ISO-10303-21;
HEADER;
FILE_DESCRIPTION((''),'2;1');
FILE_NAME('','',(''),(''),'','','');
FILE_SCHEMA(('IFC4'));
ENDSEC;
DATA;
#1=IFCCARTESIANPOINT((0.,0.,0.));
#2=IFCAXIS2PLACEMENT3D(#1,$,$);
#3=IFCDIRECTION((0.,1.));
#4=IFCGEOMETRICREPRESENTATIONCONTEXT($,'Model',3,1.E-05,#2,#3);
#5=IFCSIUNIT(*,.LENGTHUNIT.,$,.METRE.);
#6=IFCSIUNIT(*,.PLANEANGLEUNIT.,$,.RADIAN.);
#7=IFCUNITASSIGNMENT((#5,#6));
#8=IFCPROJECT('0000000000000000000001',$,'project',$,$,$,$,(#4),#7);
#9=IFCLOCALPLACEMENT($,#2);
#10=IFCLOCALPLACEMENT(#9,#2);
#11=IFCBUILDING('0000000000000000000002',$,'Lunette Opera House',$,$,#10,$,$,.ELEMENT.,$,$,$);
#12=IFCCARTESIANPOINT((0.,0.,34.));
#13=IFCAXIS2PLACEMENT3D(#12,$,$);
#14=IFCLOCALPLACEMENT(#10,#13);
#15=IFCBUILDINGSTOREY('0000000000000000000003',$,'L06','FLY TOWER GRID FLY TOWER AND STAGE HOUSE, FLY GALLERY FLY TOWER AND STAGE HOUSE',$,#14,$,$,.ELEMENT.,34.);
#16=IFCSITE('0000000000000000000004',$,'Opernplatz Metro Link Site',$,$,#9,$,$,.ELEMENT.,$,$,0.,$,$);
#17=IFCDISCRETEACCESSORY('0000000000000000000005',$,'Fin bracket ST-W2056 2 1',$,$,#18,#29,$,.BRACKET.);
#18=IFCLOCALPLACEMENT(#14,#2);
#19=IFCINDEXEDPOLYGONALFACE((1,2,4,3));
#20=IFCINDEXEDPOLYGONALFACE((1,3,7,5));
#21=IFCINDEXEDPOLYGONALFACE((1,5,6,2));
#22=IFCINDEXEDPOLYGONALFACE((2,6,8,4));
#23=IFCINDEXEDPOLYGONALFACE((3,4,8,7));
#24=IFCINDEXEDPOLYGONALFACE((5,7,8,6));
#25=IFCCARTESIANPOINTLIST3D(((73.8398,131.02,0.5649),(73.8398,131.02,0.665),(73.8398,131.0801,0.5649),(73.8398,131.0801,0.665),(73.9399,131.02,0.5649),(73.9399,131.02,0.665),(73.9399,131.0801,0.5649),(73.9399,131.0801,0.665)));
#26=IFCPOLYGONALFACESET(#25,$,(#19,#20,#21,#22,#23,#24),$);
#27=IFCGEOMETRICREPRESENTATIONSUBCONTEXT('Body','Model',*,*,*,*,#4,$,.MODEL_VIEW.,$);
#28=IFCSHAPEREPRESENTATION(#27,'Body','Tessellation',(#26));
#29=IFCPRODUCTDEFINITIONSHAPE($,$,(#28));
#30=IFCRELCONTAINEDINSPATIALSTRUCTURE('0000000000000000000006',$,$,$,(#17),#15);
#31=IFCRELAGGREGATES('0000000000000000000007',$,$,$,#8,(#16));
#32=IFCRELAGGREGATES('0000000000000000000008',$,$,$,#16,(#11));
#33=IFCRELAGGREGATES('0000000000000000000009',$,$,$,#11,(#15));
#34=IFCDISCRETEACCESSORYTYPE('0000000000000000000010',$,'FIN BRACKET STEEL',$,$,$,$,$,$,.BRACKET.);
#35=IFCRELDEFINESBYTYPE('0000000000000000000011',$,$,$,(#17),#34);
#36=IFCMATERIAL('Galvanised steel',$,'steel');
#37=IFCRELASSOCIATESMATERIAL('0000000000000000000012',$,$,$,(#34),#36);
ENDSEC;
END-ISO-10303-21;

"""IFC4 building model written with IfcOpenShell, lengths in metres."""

from ifc_helpers import new_model, si_unit, direction, frame, origin, origin_2d, place, context, subcontext, project, spatial, rectangle, extrude, material, type_object, element, save


model = new_model("IFC4")

# Units and contexts
model_context = context("Model", 3, precision=1e-05, world=origin(), true_north=direction((0.0, 1.0)))
body_context = subcontext(model_context, "Body", "Model", "MODEL_VIEW")
ifc_project = project(units=[si_unit("LENGTHUNIT", "METRE"), si_unit("PLANEANGLEUNIT", "RADIAN")], contexts=[model_context])

# Site, building, storey
site_placement = place(None, origin())
site = spatial("IfcSite", under=ifc_project, at=site_placement, Name="Opernplatz Metro Link Site", CompositionType="ELEMENT", RefElevation=0.0)
building_placement = place(site_placement, origin())
building = spatial("IfcBuilding", under=site, at=building_placement, Name="Lunette Opera House", CompositionType="ELEMENT")
storey_placement = place(building_placement, frame((0.0, 0.0, 34.0)))
storey = spatial("IfcBuildingStorey", under=building, at=storey_placement, Name="L06", Description="FLY TOWER GRID FLY TOWER AND STAGE HOUSE, FLY GALLERY FLY TOWER AND STAGE HOUSE", CompositionType="ELEMENT", Elevation=34.0)

# Discrete accessory
ifc_material_1 = material(Name="Galvanised steel", Category="steel")
discrete_accessory_type = type_object("IfcDiscreteAccessoryType", Name="FIN BRACKET STEEL", PredefinedType="BRACKET", material=ifc_material_1)
for number, where, z_axis, x_axis, name in (
    (1, (73.8899, 131.05, 0.5649), (0.0, 0.0, 1.0), (-1.0, 0.0, 0.0), "Fin bracket ST-W2056 2 1"),
):
    element("IfcDiscreteAccessory", number, at=place(storey_placement, frame(where, z_axis=z_axis, x_axis=x_axis)), inside=storey, type_object=discrete_accessory_type, Name=name, PredefinedType="BRACKET", context=body_context, shape_type="SweptSolid", body=[
        extrude(rectangle(XDim=0.1001, YDim=0.0601, at=origin_2d()), origin(), (0.0, 0.0, 1.0), 0.1001),
    ])

save(model, "model.ifc")
